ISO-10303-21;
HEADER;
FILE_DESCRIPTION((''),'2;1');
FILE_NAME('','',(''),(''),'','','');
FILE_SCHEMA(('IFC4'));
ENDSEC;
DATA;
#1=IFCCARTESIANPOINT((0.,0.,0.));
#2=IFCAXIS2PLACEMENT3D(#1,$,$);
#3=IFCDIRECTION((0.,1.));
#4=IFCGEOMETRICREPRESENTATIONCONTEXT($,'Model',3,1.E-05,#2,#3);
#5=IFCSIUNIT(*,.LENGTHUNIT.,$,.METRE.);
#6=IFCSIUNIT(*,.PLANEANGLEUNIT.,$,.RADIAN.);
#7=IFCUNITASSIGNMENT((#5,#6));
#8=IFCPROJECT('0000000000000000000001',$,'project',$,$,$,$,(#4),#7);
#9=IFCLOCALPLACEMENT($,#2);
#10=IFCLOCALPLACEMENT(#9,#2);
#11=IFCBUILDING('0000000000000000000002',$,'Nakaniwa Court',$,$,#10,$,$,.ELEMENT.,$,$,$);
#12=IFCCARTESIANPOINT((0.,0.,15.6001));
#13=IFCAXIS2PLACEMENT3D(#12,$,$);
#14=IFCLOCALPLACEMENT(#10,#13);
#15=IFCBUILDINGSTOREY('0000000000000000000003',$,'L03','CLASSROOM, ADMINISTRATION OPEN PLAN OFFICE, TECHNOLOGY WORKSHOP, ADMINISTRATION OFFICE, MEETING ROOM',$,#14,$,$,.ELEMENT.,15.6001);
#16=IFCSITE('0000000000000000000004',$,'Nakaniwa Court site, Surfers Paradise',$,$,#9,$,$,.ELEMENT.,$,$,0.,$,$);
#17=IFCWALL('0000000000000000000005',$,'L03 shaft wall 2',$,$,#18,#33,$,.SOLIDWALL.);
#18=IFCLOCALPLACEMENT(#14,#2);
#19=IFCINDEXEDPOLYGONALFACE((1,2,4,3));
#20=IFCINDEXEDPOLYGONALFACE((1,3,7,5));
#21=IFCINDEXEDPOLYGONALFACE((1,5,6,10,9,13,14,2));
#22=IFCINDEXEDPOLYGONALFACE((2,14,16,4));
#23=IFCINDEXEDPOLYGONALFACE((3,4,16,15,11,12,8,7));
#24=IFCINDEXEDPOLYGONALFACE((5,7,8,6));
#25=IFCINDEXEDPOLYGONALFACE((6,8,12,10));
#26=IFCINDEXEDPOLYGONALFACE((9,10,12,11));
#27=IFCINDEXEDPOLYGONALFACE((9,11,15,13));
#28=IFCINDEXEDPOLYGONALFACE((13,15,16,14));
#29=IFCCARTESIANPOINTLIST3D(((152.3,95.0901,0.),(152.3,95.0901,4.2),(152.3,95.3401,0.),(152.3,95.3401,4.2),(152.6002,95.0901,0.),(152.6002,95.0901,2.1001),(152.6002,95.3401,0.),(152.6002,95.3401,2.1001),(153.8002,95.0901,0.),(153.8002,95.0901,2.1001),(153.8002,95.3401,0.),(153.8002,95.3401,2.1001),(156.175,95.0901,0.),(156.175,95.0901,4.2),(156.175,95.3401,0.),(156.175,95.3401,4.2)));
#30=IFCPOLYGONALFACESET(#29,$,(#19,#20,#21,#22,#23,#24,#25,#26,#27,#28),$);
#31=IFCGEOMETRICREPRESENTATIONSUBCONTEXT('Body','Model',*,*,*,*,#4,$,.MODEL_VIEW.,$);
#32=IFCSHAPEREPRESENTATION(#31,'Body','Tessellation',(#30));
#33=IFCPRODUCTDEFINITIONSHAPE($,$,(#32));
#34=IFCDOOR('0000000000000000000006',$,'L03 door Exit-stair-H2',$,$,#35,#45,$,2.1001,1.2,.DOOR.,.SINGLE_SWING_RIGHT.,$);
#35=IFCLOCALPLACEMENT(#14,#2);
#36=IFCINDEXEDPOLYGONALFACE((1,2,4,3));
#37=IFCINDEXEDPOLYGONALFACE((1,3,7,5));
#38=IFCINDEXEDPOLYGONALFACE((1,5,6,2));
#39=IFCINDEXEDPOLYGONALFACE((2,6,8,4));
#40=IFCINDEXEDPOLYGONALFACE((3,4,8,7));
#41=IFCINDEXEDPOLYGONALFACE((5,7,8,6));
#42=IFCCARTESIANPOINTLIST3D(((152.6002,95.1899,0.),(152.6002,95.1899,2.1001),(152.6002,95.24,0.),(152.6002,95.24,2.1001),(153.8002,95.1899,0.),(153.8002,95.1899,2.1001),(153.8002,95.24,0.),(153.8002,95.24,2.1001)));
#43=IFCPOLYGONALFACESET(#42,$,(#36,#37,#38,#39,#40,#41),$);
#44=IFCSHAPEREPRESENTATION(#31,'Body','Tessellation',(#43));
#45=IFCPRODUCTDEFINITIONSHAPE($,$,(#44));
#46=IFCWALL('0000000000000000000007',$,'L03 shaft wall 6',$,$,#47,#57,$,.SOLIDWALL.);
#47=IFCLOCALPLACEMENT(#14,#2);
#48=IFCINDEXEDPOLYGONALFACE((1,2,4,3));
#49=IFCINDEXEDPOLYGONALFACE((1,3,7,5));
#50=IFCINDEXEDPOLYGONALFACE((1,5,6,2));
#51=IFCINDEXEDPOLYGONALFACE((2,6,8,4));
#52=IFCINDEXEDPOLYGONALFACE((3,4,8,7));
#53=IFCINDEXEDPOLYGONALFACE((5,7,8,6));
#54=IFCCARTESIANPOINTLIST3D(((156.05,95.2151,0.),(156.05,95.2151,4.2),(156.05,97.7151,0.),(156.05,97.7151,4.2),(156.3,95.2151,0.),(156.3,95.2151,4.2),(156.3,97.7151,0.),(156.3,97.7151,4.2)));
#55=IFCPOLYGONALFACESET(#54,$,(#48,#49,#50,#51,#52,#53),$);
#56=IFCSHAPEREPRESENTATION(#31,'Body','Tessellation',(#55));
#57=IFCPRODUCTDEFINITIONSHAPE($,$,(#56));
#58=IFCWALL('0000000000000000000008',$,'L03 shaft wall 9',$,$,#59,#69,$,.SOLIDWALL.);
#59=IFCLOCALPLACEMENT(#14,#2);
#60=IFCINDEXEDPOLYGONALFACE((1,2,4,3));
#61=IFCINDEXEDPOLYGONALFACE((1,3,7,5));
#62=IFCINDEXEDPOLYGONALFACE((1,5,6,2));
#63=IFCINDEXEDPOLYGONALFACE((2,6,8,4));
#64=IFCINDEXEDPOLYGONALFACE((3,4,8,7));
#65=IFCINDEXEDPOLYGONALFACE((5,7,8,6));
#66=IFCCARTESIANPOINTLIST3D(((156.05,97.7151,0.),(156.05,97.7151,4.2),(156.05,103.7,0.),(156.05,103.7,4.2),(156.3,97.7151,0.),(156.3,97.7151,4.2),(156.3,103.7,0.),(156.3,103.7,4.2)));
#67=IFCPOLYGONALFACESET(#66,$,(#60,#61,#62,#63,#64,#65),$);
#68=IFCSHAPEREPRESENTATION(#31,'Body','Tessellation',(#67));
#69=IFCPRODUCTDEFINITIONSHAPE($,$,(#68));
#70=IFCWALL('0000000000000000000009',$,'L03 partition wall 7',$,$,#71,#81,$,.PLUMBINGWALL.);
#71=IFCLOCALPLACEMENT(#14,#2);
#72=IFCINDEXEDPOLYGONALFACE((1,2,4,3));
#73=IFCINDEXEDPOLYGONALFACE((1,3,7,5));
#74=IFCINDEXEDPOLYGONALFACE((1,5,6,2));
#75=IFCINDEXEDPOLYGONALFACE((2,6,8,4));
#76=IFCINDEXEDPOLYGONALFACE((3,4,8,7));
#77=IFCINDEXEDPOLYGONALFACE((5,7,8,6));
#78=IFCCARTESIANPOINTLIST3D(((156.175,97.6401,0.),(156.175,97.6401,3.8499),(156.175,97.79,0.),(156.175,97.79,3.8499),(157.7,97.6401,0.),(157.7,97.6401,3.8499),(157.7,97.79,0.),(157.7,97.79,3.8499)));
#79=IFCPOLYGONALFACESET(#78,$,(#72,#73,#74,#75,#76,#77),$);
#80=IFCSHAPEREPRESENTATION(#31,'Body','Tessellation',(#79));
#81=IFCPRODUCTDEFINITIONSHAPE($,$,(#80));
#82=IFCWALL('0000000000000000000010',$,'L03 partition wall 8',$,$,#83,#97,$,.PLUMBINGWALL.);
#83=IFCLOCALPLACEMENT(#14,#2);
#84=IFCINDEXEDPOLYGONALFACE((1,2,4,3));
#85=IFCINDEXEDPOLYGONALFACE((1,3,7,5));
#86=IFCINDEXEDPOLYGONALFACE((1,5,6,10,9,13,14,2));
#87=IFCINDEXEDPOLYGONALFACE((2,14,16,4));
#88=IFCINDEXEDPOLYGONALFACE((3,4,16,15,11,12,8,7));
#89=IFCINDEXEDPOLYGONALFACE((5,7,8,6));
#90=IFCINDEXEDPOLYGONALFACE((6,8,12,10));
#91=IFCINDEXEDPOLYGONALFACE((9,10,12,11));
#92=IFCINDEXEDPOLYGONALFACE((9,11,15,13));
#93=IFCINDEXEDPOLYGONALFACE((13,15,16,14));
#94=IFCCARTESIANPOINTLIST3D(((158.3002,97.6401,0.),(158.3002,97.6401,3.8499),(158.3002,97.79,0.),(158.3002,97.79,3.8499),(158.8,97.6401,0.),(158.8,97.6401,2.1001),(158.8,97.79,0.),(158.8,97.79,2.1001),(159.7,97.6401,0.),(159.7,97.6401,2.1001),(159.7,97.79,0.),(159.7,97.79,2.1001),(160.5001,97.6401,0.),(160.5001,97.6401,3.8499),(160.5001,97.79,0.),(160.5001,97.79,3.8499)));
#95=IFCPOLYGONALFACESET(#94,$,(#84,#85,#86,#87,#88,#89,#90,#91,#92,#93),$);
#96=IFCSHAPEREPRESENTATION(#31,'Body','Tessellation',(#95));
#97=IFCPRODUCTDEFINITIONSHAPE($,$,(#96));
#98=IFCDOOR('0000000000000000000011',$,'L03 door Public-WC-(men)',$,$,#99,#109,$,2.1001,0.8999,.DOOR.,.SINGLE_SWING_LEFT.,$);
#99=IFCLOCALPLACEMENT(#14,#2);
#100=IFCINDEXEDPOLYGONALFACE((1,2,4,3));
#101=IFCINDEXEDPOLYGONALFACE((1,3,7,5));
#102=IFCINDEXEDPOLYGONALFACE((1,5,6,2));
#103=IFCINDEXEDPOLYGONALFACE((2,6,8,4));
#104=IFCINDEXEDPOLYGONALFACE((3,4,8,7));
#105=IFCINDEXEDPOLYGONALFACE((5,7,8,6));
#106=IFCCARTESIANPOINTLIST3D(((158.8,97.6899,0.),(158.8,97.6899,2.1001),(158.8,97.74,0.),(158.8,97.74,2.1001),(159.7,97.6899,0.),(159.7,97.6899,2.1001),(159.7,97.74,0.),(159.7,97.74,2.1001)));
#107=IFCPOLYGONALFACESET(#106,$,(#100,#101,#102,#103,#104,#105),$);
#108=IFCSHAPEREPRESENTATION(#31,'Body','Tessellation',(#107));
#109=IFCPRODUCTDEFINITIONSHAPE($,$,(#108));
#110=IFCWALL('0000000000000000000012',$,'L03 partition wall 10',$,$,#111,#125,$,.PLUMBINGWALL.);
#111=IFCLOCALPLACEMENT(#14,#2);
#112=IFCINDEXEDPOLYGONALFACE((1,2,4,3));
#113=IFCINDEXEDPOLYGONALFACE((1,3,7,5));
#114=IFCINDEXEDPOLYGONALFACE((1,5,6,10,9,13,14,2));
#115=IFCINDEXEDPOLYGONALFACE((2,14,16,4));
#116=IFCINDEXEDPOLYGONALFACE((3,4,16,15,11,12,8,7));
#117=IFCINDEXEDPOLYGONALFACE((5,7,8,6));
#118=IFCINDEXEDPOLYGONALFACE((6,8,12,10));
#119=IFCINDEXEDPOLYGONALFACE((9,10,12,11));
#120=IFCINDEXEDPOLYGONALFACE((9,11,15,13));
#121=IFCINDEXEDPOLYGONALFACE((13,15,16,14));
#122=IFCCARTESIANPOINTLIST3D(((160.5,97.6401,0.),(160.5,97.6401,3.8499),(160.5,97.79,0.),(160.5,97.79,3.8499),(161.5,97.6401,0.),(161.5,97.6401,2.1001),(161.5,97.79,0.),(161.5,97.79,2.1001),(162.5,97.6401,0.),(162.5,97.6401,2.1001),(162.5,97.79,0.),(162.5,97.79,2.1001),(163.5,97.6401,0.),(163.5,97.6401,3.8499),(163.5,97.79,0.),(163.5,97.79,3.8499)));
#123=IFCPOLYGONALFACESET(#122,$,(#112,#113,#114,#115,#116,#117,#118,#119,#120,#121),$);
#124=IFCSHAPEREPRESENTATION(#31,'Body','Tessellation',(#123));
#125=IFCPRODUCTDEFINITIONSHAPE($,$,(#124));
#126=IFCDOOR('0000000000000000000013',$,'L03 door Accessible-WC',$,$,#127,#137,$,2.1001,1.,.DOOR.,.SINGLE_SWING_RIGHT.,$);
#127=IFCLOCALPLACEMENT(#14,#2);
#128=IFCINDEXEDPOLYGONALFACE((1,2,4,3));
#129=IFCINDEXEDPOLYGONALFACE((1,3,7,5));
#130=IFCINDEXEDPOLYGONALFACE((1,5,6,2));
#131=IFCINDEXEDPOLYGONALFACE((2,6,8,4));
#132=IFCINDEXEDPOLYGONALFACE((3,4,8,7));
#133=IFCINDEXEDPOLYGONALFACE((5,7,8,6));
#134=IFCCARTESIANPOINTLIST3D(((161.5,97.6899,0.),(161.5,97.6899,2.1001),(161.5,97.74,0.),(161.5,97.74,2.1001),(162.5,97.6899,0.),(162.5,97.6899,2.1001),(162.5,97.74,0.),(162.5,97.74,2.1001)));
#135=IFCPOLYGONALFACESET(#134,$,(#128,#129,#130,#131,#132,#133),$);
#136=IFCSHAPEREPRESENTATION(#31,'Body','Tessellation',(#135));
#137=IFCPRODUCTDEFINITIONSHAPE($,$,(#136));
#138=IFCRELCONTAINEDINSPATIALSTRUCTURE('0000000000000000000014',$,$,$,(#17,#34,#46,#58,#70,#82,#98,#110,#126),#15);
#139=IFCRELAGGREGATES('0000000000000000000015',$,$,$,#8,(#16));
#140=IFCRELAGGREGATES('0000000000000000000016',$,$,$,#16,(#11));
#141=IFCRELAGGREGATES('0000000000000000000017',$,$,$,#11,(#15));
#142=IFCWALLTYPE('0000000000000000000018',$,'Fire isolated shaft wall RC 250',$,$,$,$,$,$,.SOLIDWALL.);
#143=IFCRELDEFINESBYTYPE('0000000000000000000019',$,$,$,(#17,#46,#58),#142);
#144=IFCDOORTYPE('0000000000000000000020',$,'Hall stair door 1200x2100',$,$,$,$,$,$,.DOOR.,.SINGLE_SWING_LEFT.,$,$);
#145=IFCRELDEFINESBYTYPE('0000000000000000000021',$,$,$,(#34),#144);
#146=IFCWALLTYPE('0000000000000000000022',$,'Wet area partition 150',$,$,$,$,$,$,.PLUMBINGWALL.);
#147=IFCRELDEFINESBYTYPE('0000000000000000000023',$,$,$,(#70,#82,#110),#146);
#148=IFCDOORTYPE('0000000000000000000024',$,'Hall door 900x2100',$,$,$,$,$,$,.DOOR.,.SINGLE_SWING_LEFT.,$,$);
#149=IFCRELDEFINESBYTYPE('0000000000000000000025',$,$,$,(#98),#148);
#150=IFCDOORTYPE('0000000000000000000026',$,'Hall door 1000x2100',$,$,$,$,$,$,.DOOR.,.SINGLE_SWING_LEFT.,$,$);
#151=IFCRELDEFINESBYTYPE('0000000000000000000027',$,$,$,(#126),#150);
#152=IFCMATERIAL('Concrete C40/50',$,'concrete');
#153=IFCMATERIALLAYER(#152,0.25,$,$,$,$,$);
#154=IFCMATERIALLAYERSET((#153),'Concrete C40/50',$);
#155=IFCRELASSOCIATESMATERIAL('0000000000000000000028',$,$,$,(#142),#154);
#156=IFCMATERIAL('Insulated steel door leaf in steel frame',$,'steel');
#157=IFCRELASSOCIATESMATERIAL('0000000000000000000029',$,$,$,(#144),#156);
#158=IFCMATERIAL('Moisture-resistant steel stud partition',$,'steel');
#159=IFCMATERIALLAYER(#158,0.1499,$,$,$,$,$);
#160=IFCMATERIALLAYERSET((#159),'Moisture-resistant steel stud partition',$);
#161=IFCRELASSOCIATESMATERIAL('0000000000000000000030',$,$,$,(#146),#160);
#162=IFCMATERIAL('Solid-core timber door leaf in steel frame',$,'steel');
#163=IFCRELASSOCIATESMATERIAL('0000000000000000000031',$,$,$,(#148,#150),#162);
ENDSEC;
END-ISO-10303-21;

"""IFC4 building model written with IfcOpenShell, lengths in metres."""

from ifc_helpers import new_model, si_unit, direction, frame, frame_2d, origin, place, context, subcontext, project, spatial, rectangle, extrude, material, layer, layer_set, type_object, element, fill, save


model = new_model("IFC4")

# Units and contexts
model_context = context("Model", 3, precision=1e-05, world=origin(), true_north=direction((0.0, 1.0)))
body_context = subcontext(model_context, "Body", "Model", "MODEL_VIEW")
ifc_project = project(units=[si_unit("LENGTHUNIT", "METRE"), si_unit("PLANEANGLEUNIT", "RADIAN")], contexts=[model_context])

# Site, building, storey
site_placement = place(None, origin())
site = spatial("IfcSite", under=ifc_project, at=site_placement, Name="Nakaniwa Court site, Surfers Paradise", CompositionType="ELEMENT", RefElevation=0.0)
building_placement = place(site_placement, origin())
building = spatial("IfcBuilding", under=site, at=building_placement, Name="Nakaniwa Court", CompositionType="ELEMENT")
storey_placement = place(building_placement, frame((0.0, 0.0, 15.6001)))
storey = spatial("IfcBuildingStorey", under=building, at=storey_placement, Name="L03", Description="CLASSROOM, ADMINISTRATION OPEN PLAN OFFICE, TECHNOLOGY WORKSHOP, ADMINISTRATION OFFICE, MEETING ROOM", CompositionType="ELEMENT", Elevation=15.6001)

# Wall, opening, door
ifc_material_1 = material(Name="Concrete C40/50", Category="concrete")
ifc_layer_1 = layer(ifc_material_1, 0.25)
ifc_layer_set_1 = layer_set([ifc_layer_1], Name="Concrete C40/50")
wall_type_1 = type_object("IfcWallType", Name="Fire isolated shaft wall RC 250", PredefinedType="SOLIDWALL", material=ifc_layer_set_1)
wall_1_placement = place(storey_placement, frame((152.3, 95.2151, 0.0), z_axis=(0.0, 0.0, 1.0), x_axis=(1.0, 0.0, 0.0)))
wall_1 = element("IfcWall", 1, at=wall_1_placement, inside=storey, type_object=wall_type_1, Name="L03 shaft wall 2", PredefinedType="SOLIDWALL", context=body_context, shape_type="SweptSolid", body=[
    extrude(rectangle(XDim=3.875, YDim=0.25, at=frame_2d((1.9375, 0.0))), origin(), (0.0, 0.0, 1.0), 4.2),
])
opening_1_placement = place(wall_1_placement, frame((0.3, 0.0, 0.0)))
opening_1 = element("IfcOpeningElement", 2, at=opening_1_placement, cuts=wall_1, PredefinedType="OPENING", context=body_context, shape_type="SweptSolid", body=[
    extrude(rectangle(XDim=1.2, YDim=2.1001, at=frame_2d((0.6001, 1.05))), frame((0.0, 0.135, 0.0), z_axis=(0.0, -1.0, 0.0), x_axis=(1.0, 0.0, 0.0)), (0.0, 0.0, 1.0), 0.27),
])
ifc_material_2 = material(Name="Insulated steel door leaf in steel frame", Category="steel")
door_type_1 = type_object("IfcDoorType", Name="Hall stair door 1200x2100", OperationType="SINGLE_SWING_LEFT", PredefinedType="DOOR", material=ifc_material_2)
door_1_placement = place(opening_1_placement, origin())
door_1 = element("IfcDoor", 3, at=door_1_placement, inside=storey, type_object=door_type_1, Name="L03 door Exit-stair-H2", OperationType="SINGLE_SWING_RIGHT", OverallHeight=2.1001, OverallWidth=1.2, PredefinedType="DOOR", context=body_context, shape_type="SweptSolid", body=[
    extrude(rectangle(XDim=1.2, YDim=2.1001, at=frame_2d((0.6001, 1.05))), frame((0.0, 0.0249, 0.0), z_axis=(0.0, -1.0, 0.0), x_axis=(1.0, 0.0, 0.0)), (0.0, 0.0, 1.0), 0.05),
])
fill(opening_1, door_1)

# Walls
wall_2_placement = place(storey_placement, frame((156.175, 97.7151, 0.0), z_axis=(0.0, 0.0, 1.0), x_axis=(0.0, -1.0, 0.0)))
element("IfcWall", 4, at=wall_2_placement, inside=storey, type_object=wall_type_1, Name="L03 shaft wall 6", PredefinedType="SOLIDWALL", context=body_context, shape_type="SweptSolid", body=[
    extrude(rectangle(XDim=2.5, YDim=0.25, at=frame_2d((1.25, 0.0))), origin(), (0.0, 0.0, 1.0), 4.2),
])
wall_3_placement = place(storey_placement, frame((156.175, 103.7, 0.0), z_axis=(0.0, 0.0, 1.0), x_axis=(0.0, -1.0, 0.0)))
element("IfcWall", 5, at=wall_3_placement, inside=storey, type_object=wall_type_1, Name="L03 shaft wall 9", PredefinedType="SOLIDWALL", context=body_context, shape_type="SweptSolid", body=[
    extrude(rectangle(XDim=5.9849, YDim=0.25, at=frame_2d((2.9924, 0.0))), origin(), (0.0, 0.0, 1.0), 4.2),
])
ifc_material_3 = material(Name="Moisture-resistant steel stud partition", Category="steel")
ifc_layer_2 = layer(ifc_material_3, 0.1499)
ifc_layer_set_2 = layer_set([ifc_layer_2], Name="Moisture-resistant steel stud partition")
wall_type_2 = type_object("IfcWallType", Name="Wet area partition 150", PredefinedType="PLUMBINGWALL", material=ifc_layer_set_2)
wall_4_placement = place(storey_placement, frame((156.175, 97.7151, 0.0), z_axis=(0.0, 0.0, 1.0), x_axis=(1.0, 0.0, 0.0)))
element("IfcWall", 6, at=wall_4_placement, inside=storey, type_object=wall_type_2, Name="L03 partition wall 7", PredefinedType="PLUMBINGWALL", context=body_context, shape_type="SweptSolid", body=[
    extrude(rectangle(XDim=1.5249, YDim=0.1499, at=frame_2d((0.7625, 0.0))), origin(), (0.0, 0.0, 1.0), 3.8499),
])

# Walls, openings, doors
wall_5_placement = place(storey_placement, frame((158.3, 97.7151, 0.0), z_axis=(0.0, 0.0, 1.0), x_axis=(1.0, 0.0, 0.0)))
wall_5 = element("IfcWall", 7, at=wall_5_placement, inside=storey, type_object=wall_type_2, Name="L03 partition wall 8", PredefinedType="PLUMBINGWALL", context=body_context, shape_type="SweptSolid", body=[
    extrude(rectangle(XDim=2.2, YDim=0.1499, at=frame_2d((1.1001, 0.0))), origin(), (0.0, 0.0, 1.0), 3.8499),
])
opening_2_placement = place(wall_5_placement, frame((0.5, 0.0, 0.0)))
opening_2 = element("IfcOpeningElement", 8, at=opening_2_placement, cuts=wall_5, PredefinedType="OPENING", context=body_context, shape_type="SweptSolid", body=[
    extrude(rectangle(XDim=0.8999, YDim=2.1001, at=frame_2d((0.45, 1.05))), frame((0.0, 0.085, 0.0), z_axis=(0.0, -1.0, 0.0), x_axis=(1.0, 0.0, 0.0)), (0.0, 0.0, 1.0), 0.1699),
])
ifc_material_4 = material(Name="Solid-core timber door leaf in steel frame", Category="steel")
door_type_2 = type_object("IfcDoorType", Name="Hall door 900x2100", OperationType="SINGLE_SWING_LEFT", PredefinedType="DOOR", material=ifc_material_4)
door_2_placement = place(opening_2_placement, origin())
door_2 = element("IfcDoor", 9, at=door_2_placement, inside=storey, type_object=door_type_2, Name="L03 door Public-WC-(men)", OperationType="SINGLE_SWING_LEFT", OverallHeight=2.1001, OverallWidth=0.8999, PredefinedType="DOOR", context=body_context, shape_type="SweptSolid", body=[
    extrude(rectangle(XDim=0.8999, YDim=2.1001, at=frame_2d((0.45, 1.05))), frame((0.0, 0.0249, 0.0), z_axis=(0.0, -1.0, 0.0), x_axis=(1.0, 0.0, 0.0)), (0.0, 0.0, 1.0), 0.05),
])
fill(opening_2, door_2)
wall_6_placement = place(storey_placement, frame((160.5, 97.7151, 0.0), z_axis=(0.0, 0.0, 1.0), x_axis=(1.0, 0.0, 0.0)))
wall_6 = element("IfcWall", 10, at=wall_6_placement, inside=storey, type_object=wall_type_2, Name="L03 partition wall 10", PredefinedType="PLUMBINGWALL", context=body_context, shape_type="SweptSolid", body=[
    extrude(rectangle(XDim=3.0, YDim=0.1499, at=frame_2d((1.5, 0.0))), origin(), (0.0, 0.0, 1.0), 3.8499),
])
opening_3_placement = place(wall_6_placement, frame((1.0, 0.0, 0.0)))
opening_3 = element("IfcOpeningElement", 11, at=opening_3_placement, cuts=wall_6, PredefinedType="OPENING", context=body_context, shape_type="SweptSolid", body=[
    extrude(rectangle(XDim=1.0, YDim=2.1001, at=frame_2d((0.5, 1.05))), frame((0.0, 0.085, 0.0), z_axis=(0.0, -1.0, 0.0), x_axis=(1.0, 0.0, 0.0)), (0.0, 0.0, 1.0), 0.1699),
])
door_type_3 = type_object("IfcDoorType", Name="Hall door 1000x2100", OperationType="SINGLE_SWING_LEFT", PredefinedType="DOOR", material=ifc_material_4)
door_3_placement = place(opening_3_placement, origin())
door_3 = element("IfcDoor", 12, at=door_3_placement, inside=storey, type_object=door_type_3, Name="L03 door Accessible-WC", OperationType="SINGLE_SWING_RIGHT", OverallHeight=2.1001, OverallWidth=1.0, PredefinedType="DOOR", context=body_context, shape_type="SweptSolid", body=[
    extrude(rectangle(XDim=1.0, YDim=2.1001, at=frame_2d((0.5, 1.05))), frame((0.0, 0.0249, 0.0), z_axis=(0.0, -1.0, 0.0), x_axis=(1.0, 0.0, 0.0)), (0.0, 0.0, 1.0), 0.05),
])
fill(opening_3, door_3)

save(model, "model.ifc")
